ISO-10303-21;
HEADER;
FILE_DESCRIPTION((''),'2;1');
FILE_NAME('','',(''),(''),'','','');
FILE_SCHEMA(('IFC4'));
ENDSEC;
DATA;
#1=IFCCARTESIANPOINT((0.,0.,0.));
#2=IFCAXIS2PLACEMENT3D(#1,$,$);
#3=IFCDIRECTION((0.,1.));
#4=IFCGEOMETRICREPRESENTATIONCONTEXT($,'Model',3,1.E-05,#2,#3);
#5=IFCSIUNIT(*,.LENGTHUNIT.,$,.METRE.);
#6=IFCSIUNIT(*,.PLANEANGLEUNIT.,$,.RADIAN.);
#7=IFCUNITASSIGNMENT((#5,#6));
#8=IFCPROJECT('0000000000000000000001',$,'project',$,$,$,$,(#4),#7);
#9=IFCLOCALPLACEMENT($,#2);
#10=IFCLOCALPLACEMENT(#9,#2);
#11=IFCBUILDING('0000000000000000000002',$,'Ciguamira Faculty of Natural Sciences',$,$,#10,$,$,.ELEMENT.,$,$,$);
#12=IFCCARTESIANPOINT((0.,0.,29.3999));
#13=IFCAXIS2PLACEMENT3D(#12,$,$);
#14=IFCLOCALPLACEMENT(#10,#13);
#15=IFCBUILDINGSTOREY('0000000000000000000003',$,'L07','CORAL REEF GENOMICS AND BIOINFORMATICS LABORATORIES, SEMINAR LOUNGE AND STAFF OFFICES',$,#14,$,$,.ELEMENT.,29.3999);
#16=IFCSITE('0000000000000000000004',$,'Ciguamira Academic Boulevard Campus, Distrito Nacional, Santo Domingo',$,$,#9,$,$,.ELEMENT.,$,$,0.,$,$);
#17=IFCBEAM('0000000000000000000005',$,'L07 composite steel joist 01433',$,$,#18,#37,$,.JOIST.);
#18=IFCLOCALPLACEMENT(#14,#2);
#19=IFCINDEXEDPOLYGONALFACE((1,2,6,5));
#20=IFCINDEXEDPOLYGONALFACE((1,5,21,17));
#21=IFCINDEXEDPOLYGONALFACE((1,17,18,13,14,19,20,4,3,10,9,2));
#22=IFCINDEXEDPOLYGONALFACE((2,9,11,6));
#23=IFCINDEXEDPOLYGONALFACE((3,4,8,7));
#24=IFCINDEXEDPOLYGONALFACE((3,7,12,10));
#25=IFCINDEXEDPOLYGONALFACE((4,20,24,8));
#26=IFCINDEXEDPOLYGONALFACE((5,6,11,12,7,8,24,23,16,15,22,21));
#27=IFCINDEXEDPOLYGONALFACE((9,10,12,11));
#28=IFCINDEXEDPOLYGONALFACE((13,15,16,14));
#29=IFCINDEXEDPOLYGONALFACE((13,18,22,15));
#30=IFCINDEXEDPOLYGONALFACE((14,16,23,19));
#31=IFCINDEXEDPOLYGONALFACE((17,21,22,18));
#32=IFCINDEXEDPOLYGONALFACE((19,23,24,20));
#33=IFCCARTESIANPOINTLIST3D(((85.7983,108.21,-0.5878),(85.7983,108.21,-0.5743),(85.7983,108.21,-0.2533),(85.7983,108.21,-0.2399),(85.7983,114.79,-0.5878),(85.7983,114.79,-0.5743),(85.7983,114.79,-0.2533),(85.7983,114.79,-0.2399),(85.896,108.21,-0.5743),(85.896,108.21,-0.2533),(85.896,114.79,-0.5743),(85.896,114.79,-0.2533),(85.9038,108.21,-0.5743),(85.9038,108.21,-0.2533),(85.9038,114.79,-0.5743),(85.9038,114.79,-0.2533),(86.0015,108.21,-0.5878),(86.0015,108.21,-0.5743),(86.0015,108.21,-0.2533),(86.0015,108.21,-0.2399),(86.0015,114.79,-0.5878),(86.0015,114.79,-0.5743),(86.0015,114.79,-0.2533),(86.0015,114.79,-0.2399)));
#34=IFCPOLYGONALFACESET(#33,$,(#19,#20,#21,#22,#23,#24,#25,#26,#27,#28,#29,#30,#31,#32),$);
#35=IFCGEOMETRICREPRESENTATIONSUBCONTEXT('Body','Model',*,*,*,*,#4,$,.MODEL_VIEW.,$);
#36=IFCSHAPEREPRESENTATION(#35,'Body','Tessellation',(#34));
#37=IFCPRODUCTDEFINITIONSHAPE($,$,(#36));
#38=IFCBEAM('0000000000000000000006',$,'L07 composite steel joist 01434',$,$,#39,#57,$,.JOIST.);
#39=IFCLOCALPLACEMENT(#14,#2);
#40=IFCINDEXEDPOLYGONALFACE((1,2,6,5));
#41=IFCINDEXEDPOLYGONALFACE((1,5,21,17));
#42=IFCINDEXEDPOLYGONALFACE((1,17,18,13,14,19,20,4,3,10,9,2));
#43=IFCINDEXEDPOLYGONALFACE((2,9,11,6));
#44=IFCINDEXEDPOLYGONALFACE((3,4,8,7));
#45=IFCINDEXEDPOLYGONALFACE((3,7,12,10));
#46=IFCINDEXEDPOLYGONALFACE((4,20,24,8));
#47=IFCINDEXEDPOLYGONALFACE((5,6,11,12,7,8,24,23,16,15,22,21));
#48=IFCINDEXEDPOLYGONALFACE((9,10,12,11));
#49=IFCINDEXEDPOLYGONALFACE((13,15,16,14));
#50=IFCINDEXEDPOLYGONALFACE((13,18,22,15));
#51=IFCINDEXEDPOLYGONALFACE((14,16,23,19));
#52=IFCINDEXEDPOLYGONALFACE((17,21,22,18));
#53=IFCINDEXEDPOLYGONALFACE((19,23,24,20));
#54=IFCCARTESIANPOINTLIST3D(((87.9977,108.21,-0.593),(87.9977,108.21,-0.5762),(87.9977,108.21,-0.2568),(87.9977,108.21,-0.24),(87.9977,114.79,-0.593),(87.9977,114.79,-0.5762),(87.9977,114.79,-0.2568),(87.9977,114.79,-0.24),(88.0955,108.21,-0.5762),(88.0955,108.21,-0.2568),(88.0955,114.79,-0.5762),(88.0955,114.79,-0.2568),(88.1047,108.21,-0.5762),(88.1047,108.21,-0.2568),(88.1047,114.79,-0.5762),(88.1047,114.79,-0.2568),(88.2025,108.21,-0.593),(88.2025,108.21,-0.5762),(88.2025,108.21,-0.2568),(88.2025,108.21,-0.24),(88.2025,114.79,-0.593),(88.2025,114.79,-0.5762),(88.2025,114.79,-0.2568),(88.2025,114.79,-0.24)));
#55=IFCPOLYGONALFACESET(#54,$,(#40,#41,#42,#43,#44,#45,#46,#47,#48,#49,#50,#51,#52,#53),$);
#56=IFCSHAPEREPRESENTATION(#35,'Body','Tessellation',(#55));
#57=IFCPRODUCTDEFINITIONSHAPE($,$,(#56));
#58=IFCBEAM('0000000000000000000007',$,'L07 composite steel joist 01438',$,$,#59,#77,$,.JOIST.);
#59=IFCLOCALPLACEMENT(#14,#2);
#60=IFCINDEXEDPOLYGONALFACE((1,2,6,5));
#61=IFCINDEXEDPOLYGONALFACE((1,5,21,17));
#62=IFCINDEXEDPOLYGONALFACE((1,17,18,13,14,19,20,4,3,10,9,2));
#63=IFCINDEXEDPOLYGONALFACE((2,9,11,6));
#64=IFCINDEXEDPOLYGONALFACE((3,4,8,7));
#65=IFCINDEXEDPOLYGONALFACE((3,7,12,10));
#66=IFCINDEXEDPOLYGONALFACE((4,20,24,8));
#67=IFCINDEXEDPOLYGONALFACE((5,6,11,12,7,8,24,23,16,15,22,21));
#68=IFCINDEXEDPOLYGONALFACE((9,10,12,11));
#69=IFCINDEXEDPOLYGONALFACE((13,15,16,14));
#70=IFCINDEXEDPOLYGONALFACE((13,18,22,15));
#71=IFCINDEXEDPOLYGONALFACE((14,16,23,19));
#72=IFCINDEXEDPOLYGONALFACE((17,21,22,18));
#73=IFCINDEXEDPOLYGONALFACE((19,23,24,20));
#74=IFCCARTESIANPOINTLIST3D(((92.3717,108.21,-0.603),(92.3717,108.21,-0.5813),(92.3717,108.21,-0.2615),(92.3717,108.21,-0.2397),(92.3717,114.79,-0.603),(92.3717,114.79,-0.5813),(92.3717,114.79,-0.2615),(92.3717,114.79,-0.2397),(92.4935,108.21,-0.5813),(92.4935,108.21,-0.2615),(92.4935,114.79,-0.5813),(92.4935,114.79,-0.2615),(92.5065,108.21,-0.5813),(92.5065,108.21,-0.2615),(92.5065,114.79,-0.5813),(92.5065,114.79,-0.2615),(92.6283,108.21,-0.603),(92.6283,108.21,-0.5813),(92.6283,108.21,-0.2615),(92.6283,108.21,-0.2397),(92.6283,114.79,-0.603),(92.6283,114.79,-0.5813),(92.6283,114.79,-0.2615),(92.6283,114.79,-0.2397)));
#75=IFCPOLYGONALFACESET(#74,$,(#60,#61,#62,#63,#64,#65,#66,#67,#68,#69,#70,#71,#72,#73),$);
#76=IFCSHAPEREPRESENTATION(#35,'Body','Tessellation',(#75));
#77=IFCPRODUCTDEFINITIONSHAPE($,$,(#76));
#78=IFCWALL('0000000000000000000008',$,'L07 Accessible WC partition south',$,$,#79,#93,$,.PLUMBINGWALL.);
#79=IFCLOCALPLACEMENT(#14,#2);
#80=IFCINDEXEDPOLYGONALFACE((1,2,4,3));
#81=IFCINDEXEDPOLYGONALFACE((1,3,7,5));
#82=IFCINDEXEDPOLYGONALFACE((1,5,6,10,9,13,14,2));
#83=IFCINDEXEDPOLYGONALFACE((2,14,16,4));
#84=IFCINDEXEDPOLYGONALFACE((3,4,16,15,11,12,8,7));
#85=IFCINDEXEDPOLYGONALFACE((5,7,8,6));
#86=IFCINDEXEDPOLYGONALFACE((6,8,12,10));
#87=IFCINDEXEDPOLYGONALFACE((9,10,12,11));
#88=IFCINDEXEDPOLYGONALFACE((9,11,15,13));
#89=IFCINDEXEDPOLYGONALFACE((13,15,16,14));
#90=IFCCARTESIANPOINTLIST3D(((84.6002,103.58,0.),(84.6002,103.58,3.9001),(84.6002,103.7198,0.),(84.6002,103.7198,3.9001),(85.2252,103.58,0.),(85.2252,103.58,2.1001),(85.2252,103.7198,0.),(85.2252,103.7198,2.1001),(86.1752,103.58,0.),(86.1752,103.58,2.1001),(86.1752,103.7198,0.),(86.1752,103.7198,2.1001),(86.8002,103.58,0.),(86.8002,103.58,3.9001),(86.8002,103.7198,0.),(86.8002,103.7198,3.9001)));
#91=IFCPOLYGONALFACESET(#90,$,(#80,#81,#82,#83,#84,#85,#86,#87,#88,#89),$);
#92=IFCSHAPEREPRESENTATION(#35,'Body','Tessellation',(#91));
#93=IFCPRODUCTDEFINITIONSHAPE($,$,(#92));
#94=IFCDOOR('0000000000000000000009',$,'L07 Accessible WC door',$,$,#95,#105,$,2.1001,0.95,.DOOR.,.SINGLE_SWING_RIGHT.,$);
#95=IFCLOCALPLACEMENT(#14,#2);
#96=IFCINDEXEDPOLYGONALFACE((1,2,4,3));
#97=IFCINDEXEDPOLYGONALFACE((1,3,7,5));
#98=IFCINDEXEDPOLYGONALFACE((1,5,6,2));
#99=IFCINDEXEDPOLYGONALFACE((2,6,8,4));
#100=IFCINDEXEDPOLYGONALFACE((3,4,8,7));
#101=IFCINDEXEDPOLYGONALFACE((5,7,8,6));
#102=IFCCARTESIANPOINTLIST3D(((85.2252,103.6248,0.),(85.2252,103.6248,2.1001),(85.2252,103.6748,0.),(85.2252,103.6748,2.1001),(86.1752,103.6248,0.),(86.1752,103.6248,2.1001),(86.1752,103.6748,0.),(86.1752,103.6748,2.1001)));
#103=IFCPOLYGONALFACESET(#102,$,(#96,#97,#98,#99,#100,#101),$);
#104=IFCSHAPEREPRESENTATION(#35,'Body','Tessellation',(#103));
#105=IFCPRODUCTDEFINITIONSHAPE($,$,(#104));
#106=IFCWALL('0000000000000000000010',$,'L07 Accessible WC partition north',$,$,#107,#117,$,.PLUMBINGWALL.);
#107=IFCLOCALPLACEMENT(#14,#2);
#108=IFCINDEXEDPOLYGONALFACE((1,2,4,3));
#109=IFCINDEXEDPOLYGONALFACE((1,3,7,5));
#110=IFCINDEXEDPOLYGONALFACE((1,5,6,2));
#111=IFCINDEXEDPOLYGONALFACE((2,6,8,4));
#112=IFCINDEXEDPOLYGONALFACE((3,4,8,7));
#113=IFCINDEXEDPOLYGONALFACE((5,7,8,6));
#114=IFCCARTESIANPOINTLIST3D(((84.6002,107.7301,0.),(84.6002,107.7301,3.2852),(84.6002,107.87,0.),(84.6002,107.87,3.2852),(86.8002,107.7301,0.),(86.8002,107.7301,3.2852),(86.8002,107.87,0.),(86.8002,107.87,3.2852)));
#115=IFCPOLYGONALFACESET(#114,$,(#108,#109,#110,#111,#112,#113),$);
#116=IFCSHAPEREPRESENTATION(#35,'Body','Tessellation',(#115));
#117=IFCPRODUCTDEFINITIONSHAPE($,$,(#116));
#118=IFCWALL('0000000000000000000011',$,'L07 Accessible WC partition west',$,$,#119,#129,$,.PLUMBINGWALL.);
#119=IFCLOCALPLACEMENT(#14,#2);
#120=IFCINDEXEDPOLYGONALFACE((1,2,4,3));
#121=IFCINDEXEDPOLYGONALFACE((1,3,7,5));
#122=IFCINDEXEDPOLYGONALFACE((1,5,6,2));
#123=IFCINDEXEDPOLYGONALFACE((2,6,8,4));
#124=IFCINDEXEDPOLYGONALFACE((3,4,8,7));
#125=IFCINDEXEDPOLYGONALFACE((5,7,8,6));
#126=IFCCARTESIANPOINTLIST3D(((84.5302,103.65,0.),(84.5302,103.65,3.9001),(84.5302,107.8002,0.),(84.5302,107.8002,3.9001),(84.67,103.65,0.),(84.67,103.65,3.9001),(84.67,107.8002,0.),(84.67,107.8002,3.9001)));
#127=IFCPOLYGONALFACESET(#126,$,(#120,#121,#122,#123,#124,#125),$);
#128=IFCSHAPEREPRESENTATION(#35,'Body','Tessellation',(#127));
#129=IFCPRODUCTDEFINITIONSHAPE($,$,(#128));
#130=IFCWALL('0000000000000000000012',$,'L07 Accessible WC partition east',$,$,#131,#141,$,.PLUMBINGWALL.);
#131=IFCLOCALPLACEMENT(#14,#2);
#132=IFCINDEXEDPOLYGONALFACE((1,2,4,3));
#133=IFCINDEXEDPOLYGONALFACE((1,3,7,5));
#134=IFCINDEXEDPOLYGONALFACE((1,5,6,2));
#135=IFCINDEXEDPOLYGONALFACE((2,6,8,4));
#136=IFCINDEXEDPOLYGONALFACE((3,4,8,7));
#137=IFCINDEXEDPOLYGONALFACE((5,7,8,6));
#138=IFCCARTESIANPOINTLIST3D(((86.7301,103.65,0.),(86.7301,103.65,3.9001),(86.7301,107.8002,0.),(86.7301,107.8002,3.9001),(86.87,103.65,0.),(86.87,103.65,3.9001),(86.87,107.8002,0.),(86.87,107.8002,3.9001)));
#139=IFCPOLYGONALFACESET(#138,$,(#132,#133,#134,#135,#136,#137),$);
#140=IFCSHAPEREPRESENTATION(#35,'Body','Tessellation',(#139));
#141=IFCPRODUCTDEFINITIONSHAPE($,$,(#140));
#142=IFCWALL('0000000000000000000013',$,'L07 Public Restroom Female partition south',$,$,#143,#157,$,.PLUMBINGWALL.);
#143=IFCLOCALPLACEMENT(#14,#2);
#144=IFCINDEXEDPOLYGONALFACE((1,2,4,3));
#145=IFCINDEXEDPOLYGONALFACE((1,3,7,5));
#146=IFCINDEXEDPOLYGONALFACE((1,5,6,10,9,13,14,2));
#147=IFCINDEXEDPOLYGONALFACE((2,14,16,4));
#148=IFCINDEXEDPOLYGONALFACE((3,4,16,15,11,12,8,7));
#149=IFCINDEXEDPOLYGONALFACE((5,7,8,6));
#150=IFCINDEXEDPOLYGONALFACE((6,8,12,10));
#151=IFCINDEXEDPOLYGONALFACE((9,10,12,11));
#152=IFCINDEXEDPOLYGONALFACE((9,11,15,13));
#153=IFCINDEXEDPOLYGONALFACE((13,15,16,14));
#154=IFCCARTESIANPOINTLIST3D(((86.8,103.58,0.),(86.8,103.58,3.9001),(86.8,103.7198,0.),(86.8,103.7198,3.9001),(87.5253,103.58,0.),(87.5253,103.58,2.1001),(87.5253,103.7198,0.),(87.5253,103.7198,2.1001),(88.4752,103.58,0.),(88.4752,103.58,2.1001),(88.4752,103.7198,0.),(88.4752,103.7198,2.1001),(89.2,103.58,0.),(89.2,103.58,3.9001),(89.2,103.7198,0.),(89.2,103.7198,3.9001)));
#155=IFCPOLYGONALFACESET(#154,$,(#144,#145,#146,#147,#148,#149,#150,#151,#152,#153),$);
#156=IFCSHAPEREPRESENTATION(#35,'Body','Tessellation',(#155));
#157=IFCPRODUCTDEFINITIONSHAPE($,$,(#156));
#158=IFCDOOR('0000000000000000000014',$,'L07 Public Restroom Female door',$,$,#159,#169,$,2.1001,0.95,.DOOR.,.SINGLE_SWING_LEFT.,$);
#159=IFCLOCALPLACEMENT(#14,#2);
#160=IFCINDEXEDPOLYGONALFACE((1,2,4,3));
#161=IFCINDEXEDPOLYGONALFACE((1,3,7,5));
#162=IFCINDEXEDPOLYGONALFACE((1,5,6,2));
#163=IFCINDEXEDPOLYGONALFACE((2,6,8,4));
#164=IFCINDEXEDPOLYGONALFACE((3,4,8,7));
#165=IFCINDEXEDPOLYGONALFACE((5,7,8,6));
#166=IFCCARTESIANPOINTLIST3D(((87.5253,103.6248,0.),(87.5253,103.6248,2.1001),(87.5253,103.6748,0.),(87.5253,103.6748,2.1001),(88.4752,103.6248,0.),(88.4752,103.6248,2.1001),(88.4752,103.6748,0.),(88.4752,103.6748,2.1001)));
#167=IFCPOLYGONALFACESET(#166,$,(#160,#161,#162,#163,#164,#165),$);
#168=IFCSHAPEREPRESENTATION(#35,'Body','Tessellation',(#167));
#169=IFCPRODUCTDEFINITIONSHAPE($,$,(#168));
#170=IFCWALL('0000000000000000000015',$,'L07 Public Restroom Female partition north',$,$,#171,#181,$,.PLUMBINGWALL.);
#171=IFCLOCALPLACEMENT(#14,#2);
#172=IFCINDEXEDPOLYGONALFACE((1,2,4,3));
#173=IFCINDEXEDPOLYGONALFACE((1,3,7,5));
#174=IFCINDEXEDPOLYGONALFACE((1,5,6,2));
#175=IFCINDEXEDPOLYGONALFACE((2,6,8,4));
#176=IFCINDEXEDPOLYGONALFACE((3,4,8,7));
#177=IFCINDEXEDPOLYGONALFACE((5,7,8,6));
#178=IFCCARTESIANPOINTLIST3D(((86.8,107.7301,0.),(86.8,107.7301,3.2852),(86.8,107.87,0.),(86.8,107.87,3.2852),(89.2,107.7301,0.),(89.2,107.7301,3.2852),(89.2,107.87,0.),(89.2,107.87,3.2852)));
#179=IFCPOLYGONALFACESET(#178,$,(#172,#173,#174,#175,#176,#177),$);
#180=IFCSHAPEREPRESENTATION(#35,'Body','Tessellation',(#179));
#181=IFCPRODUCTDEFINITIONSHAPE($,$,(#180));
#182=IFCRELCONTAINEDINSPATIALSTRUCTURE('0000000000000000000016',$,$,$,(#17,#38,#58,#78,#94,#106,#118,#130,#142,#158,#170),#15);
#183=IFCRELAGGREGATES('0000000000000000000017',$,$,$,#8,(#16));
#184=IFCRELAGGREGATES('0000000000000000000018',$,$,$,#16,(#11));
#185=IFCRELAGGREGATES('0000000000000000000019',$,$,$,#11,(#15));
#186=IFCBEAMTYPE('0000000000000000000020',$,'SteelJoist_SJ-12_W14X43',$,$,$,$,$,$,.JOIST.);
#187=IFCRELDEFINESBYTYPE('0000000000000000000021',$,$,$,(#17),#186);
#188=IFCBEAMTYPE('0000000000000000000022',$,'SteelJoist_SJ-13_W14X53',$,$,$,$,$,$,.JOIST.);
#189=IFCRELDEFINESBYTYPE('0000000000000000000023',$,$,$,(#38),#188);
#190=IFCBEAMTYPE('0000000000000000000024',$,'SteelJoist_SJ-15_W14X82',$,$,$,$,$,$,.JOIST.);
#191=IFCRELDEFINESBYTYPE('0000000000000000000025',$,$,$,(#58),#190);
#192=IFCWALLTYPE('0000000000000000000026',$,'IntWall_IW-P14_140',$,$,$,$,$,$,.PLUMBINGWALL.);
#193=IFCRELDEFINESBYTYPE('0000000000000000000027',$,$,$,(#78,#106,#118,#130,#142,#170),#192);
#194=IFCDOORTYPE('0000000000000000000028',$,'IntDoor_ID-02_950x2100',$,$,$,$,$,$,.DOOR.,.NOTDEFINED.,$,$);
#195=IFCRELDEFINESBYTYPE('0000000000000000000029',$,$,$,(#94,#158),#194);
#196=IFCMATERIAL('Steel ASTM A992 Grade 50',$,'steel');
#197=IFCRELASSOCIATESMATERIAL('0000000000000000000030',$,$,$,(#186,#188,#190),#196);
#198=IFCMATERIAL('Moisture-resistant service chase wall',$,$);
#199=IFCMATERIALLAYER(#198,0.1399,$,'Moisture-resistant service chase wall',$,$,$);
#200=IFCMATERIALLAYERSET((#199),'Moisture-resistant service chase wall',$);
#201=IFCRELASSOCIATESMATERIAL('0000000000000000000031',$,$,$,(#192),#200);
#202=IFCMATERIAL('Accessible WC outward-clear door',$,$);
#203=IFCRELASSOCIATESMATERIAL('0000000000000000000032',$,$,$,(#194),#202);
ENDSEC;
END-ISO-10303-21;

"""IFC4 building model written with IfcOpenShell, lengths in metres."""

from ifc_helpers import new_model, si_unit, direction, frame, frame_2d, origin, origin_2d, place, context, subcontext, project, spatial, rectangle, i_section, extrude, material, layer, layer_set, material_profile, profile_set, type_object, element, fill, save


model = new_model("IFC4")

# Units and contexts
model_context = context("Model", 3, precision=1e-05, world=origin(), true_north=direction((0.0, 1.0)))
body_context = subcontext(model_context, "Body", "Model", "MODEL_VIEW")
ifc_project = project(units=[si_unit("LENGTHUNIT", "METRE"), si_unit("PLANEANGLEUNIT", "RADIAN")], contexts=[model_context])

# Site, building, storey
site_placement = place(None, origin())
site = spatial("IfcSite", under=ifc_project, at=site_placement, Name="Ciguamira Academic Boulevard Campus, Distrito Nacional, Santo Domingo", CompositionType="ELEMENT", RefElevation=0.0)
building_placement = place(site_placement, origin())
building = spatial("IfcBuilding", under=site, at=building_placement, Name="Ciguamira Faculty of Natural Sciences", CompositionType="ELEMENT")
storey_placement = place(building_placement, frame((0.0, 0.0, 29.3999)))
storey = spatial("IfcBuildingStorey", under=building, at=storey_placement, Name="L07", Description="CORAL REEF GENOMICS AND BIOINFORMATICS LABORATORIES, SEMINAR LOUNGE AND STAFF OFFICES", CompositionType="ELEMENT", Elevation=29.3999)

# Beams
ifc_material_1 = material(Name="Steel ASTM A992 Grade 50", Category="steel")
ifc_material_profile_1 = material_profile(ifc_material_1, i_section(OverallWidth=0.2031, OverallDepth=0.3479, WebThickness=0.0078, FlangeThickness=0.0134, at=origin_2d()), Name="W14X43")
ifc_profile_set_1 = profile_set([ifc_material_profile_1], Name="Steel ASTM A992 Grade 50")
beam_type_1 = type_object("IfcBeamType", Name="SteelJoist_SJ-12_W14X43", PredefinedType="JOIST", material=ifc_profile_set_1)
beam_1_placement = place(storey_placement, frame((85.8999, 108.21, -0.4138), z_axis=(0.0, 1.0, 0.0), x_axis=(-1.0, 0.0, 0.0)))
element("IfcBeam", 1, at=beam_1_placement, inside=storey, type_object=beam_type_1, Name="L07 composite steel joist 01433", PredefinedType="JOIST", context=body_context, shape_type="SweptSolid", body=[
    extrude(i_section(OverallWidth=0.2031, OverallDepth=0.3479, WebThickness=0.0078, FlangeThickness=0.0134, at=origin_2d()), origin(), (0.0, 0.0, 1.0), 6.5801),
])
ifc_material_profile_2 = material_profile(ifc_material_1, i_section(OverallWidth=0.2048, OverallDepth=0.353, WebThickness=0.0093, FlangeThickness=0.0168, at=origin_2d()), Name="W14X53")
ifc_profile_set_2 = profile_set([ifc_material_profile_2], Name="Steel ASTM A992 Grade 50")
beam_type_2 = type_object("IfcBeamType", Name="SteelJoist_SJ-13_W14X53", PredefinedType="JOIST", material=ifc_profile_set_2)
beam_2_placement = place(storey_placement, frame((88.1001, 108.21, -0.4165), z_axis=(0.0, 1.0, 0.0), x_axis=(-1.0, 0.0, 0.0)))
element("IfcBeam", 2, at=beam_2_placement, inside=storey, type_object=beam_type_2, Name="L07 composite steel joist 01434", PredefinedType="JOIST", context=body_context, shape_type="SweptSolid", body=[
    extrude(i_section(OverallWidth=0.2048, OverallDepth=0.353, WebThickness=0.0093, FlangeThickness=0.0168, at=origin_2d()), origin(), (0.0, 0.0, 1.0), 6.5801),
])
ifc_material_profile_3 = material_profile(ifc_material_1, i_section(OverallWidth=0.2566, OverallDepth=0.3633, WebThickness=0.0129, FlangeThickness=0.0217, at=origin_2d()), Name="W14X82")
ifc_profile_set_3 = profile_set([ifc_material_profile_3], Name="Steel ASTM A992 Grade 50")
beam_type_3 = type_object("IfcBeamType", Name="SteelJoist_SJ-15_W14X82", PredefinedType="JOIST", material=ifc_profile_set_3)
beam_3_placement = place(storey_placement, frame((92.5, 108.21, -0.4214), z_axis=(0.0, 1.0, 0.0), x_axis=(-1.0, 0.0, 0.0)))
element("IfcBeam", 3, at=beam_3_placement, inside=storey, type_object=beam_type_3, Name="L07 composite steel joist 01438", PredefinedType="JOIST", context=body_context, shape_type="SweptSolid", body=[
    extrude(i_section(OverallWidth=0.2566, OverallDepth=0.3633, WebThickness=0.0129, FlangeThickness=0.0217, at=origin_2d()), origin(), (0.0, 0.0, 1.0), 6.5801),
])

# Wall, opening, door
ifc_material_2 = material(Name="Moisture-resistant service chase wall")
ifc_layer = layer(ifc_material_2, 0.1399, Name="Moisture-resistant service chase wall")
ifc_layer_set = layer_set([ifc_layer], Name="Moisture-resistant service chase wall")
wall_type = type_object("IfcWallType", Name="IntWall_IW-P14_140", PredefinedType="PLUMBINGWALL", material=ifc_layer_set)
wall_1_placement = place(storey_placement, frame((84.6001, 103.6499, 0.0), z_axis=(0.0, 0.0, 1.0), x_axis=(1.0, 0.0, 0.0)))
wall_1 = element("IfcWall", 4, at=wall_1_placement, inside=storey, type_object=wall_type, Name="L07 Accessible WC partition south", PredefinedType="PLUMBINGWALL", context=body_context, shape_type="SweptSolid", body=[
    extrude(rectangle(XDim=2.2, YDim=0.1399, at=frame_2d((1.1001, 0.0))), origin(), (0.0, 0.0, 1.0), 3.9001),
])
opening_1_placement = place(wall_1_placement, frame((0.625, 0.0, 0.0)))
opening_1 = element("IfcOpeningElement", 5, at=opening_1_placement, cuts=wall_1, PredefinedType="OPENING", context=body_context, shape_type="SweptSolid", body=[
    extrude(rectangle(XDim=0.95, YDim=2.1001, at=frame_2d((0.4751, 1.05))), frame((0.0, 0.0798, 0.0), z_axis=(0.0, -1.0, 0.0), x_axis=(1.0, 0.0, 0.0)), (0.0, 0.0, 1.0), 0.1599),
])
ifc_material_3 = material(Name="Accessible WC outward-clear door")
door_type = type_object("IfcDoorType", Name="IntDoor_ID-02_950x2100", OperationType="NOTDEFINED", PredefinedType="DOOR", material=ifc_material_3)
door_1_placement = place(opening_1_placement, origin())
door_1 = element("IfcDoor", 6, at=door_1_placement, inside=storey, type_object=door_type, Name="L07 Accessible WC door", OperationType="SINGLE_SWING_RIGHT", OverallHeight=2.1001, OverallWidth=0.95, PredefinedType="DOOR", context=body_context, shape_type="SweptSolid", body=[
    extrude(rectangle(XDim=0.95, YDim=2.1001, at=frame_2d((0.4751, 1.05))), frame((0.0, 0.0249, 0.0), z_axis=(0.0, -1.0, 0.0), x_axis=(1.0, 0.0, 0.0)), (0.0, 0.0, 1.0), 0.05),
])
fill(opening_1, door_1)

# Walls
wall_2_placement = place(storey_placement, frame((84.6001, 107.8, 0.0), z_axis=(0.0, 0.0, 1.0), x_axis=(1.0, 0.0, 0.0)))
element("IfcWall", 7, at=wall_2_placement, inside=storey, type_object=wall_type, Name="L07 Accessible WC partition north", PredefinedType="PLUMBINGWALL", context=body_context, shape_type="SweptSolid", body=[
    extrude(rectangle(XDim=2.2, YDim=0.1399, at=frame_2d((1.1001, 0.0))), origin(), (0.0, 0.0, 1.0), 3.2852),
])
for number, where, z_axis, x_axis, name in (
    (8, (84.6001, 103.6499, 0.0), (0.0, 0.0, 1.0), (0.0, 1.0, 0.0), "L07 Accessible WC partition west"),
    (9, (86.8, 103.6499, 0.0), (0.0, 0.0, 1.0), (0.0, 1.0, 0.0), "L07 Accessible WC partition east"),
):
    element("IfcWall", number, at=place(storey_placement, frame(where, z_axis=z_axis, x_axis=x_axis)), inside=storey, type_object=wall_type, Name=name, PredefinedType="PLUMBINGWALL", context=body_context, shape_type="SweptSolid", body=[
        extrude(rectangle(XDim=4.1501, YDim=0.1399, at=frame_2d((2.0752, 0.0))), origin(), (0.0, 0.0, 1.0), 3.9001),
    ])

# Wall, opening, door
wall_3_placement = place(storey_placement, frame((86.8, 103.6499, 0.0), z_axis=(0.0, 0.0, 1.0), x_axis=(1.0, 0.0, 0.0)))
wall_3 = element("IfcWall", 10, at=wall_3_placement, inside=storey, type_object=wall_type, Name="L07 Public Restroom Female partition south", PredefinedType="PLUMBINGWALL", context=body_context, shape_type="SweptSolid", body=[
    extrude(rectangle(XDim=2.3999, YDim=0.1399, at=frame_2d((1.2, 0.0))), origin(), (0.0, 0.0, 1.0), 3.9001),
])
opening_2_placement = place(wall_3_placement, frame((0.7251, 0.0, 0.0)))
opening_2 = element("IfcOpeningElement", 11, at=opening_2_placement, cuts=wall_3, PredefinedType="OPENING", context=body_context, shape_type="SweptSolid", body=[
    extrude(rectangle(XDim=0.95, YDim=2.1001, at=frame_2d((0.4751, 1.05))), frame((0.0, 0.0798, 0.0), z_axis=(0.0, -1.0, 0.0), x_axis=(1.0, 0.0, 0.0)), (0.0, 0.0, 1.0), 0.1599),
])
door_2_placement = place(opening_2_placement, origin())
door_2 = element("IfcDoor", 12, at=door_2_placement, inside=storey, type_object=door_type, Name="L07 Public Restroom Female door", OperationType="SINGLE_SWING_LEFT", OverallHeight=2.1001, OverallWidth=0.95, PredefinedType="DOOR", context=body_context, shape_type="SweptSolid", body=[
    extrude(rectangle(XDim=0.95, YDim=2.1001, at=frame_2d((0.4751, 1.05))), frame((0.0, 0.0249, 0.0), z_axis=(0.0, -1.0, 0.0), x_axis=(1.0, 0.0, 0.0)), (0.0, 0.0, 1.0), 0.05),
])
fill(opening_2, door_2)

# Wall
wall_4_placement = place(storey_placement, frame((86.8, 107.8, 0.0), z_axis=(0.0, 0.0, 1.0), x_axis=(1.0, 0.0, 0.0)))
element("IfcWall", 13, at=wall_4_placement, inside=storey, type_object=wall_type, Name="L07 Public Restroom Female partition north", PredefinedType="PLUMBINGWALL", context=body_context, shape_type="SweptSolid", body=[
    extrude(rectangle(XDim=2.3999, YDim=0.1399, at=frame_2d((1.2, 0.0))), origin(), (0.0, 0.0, 1.0), 3.2852),
])

save(model, "model.ifc")
